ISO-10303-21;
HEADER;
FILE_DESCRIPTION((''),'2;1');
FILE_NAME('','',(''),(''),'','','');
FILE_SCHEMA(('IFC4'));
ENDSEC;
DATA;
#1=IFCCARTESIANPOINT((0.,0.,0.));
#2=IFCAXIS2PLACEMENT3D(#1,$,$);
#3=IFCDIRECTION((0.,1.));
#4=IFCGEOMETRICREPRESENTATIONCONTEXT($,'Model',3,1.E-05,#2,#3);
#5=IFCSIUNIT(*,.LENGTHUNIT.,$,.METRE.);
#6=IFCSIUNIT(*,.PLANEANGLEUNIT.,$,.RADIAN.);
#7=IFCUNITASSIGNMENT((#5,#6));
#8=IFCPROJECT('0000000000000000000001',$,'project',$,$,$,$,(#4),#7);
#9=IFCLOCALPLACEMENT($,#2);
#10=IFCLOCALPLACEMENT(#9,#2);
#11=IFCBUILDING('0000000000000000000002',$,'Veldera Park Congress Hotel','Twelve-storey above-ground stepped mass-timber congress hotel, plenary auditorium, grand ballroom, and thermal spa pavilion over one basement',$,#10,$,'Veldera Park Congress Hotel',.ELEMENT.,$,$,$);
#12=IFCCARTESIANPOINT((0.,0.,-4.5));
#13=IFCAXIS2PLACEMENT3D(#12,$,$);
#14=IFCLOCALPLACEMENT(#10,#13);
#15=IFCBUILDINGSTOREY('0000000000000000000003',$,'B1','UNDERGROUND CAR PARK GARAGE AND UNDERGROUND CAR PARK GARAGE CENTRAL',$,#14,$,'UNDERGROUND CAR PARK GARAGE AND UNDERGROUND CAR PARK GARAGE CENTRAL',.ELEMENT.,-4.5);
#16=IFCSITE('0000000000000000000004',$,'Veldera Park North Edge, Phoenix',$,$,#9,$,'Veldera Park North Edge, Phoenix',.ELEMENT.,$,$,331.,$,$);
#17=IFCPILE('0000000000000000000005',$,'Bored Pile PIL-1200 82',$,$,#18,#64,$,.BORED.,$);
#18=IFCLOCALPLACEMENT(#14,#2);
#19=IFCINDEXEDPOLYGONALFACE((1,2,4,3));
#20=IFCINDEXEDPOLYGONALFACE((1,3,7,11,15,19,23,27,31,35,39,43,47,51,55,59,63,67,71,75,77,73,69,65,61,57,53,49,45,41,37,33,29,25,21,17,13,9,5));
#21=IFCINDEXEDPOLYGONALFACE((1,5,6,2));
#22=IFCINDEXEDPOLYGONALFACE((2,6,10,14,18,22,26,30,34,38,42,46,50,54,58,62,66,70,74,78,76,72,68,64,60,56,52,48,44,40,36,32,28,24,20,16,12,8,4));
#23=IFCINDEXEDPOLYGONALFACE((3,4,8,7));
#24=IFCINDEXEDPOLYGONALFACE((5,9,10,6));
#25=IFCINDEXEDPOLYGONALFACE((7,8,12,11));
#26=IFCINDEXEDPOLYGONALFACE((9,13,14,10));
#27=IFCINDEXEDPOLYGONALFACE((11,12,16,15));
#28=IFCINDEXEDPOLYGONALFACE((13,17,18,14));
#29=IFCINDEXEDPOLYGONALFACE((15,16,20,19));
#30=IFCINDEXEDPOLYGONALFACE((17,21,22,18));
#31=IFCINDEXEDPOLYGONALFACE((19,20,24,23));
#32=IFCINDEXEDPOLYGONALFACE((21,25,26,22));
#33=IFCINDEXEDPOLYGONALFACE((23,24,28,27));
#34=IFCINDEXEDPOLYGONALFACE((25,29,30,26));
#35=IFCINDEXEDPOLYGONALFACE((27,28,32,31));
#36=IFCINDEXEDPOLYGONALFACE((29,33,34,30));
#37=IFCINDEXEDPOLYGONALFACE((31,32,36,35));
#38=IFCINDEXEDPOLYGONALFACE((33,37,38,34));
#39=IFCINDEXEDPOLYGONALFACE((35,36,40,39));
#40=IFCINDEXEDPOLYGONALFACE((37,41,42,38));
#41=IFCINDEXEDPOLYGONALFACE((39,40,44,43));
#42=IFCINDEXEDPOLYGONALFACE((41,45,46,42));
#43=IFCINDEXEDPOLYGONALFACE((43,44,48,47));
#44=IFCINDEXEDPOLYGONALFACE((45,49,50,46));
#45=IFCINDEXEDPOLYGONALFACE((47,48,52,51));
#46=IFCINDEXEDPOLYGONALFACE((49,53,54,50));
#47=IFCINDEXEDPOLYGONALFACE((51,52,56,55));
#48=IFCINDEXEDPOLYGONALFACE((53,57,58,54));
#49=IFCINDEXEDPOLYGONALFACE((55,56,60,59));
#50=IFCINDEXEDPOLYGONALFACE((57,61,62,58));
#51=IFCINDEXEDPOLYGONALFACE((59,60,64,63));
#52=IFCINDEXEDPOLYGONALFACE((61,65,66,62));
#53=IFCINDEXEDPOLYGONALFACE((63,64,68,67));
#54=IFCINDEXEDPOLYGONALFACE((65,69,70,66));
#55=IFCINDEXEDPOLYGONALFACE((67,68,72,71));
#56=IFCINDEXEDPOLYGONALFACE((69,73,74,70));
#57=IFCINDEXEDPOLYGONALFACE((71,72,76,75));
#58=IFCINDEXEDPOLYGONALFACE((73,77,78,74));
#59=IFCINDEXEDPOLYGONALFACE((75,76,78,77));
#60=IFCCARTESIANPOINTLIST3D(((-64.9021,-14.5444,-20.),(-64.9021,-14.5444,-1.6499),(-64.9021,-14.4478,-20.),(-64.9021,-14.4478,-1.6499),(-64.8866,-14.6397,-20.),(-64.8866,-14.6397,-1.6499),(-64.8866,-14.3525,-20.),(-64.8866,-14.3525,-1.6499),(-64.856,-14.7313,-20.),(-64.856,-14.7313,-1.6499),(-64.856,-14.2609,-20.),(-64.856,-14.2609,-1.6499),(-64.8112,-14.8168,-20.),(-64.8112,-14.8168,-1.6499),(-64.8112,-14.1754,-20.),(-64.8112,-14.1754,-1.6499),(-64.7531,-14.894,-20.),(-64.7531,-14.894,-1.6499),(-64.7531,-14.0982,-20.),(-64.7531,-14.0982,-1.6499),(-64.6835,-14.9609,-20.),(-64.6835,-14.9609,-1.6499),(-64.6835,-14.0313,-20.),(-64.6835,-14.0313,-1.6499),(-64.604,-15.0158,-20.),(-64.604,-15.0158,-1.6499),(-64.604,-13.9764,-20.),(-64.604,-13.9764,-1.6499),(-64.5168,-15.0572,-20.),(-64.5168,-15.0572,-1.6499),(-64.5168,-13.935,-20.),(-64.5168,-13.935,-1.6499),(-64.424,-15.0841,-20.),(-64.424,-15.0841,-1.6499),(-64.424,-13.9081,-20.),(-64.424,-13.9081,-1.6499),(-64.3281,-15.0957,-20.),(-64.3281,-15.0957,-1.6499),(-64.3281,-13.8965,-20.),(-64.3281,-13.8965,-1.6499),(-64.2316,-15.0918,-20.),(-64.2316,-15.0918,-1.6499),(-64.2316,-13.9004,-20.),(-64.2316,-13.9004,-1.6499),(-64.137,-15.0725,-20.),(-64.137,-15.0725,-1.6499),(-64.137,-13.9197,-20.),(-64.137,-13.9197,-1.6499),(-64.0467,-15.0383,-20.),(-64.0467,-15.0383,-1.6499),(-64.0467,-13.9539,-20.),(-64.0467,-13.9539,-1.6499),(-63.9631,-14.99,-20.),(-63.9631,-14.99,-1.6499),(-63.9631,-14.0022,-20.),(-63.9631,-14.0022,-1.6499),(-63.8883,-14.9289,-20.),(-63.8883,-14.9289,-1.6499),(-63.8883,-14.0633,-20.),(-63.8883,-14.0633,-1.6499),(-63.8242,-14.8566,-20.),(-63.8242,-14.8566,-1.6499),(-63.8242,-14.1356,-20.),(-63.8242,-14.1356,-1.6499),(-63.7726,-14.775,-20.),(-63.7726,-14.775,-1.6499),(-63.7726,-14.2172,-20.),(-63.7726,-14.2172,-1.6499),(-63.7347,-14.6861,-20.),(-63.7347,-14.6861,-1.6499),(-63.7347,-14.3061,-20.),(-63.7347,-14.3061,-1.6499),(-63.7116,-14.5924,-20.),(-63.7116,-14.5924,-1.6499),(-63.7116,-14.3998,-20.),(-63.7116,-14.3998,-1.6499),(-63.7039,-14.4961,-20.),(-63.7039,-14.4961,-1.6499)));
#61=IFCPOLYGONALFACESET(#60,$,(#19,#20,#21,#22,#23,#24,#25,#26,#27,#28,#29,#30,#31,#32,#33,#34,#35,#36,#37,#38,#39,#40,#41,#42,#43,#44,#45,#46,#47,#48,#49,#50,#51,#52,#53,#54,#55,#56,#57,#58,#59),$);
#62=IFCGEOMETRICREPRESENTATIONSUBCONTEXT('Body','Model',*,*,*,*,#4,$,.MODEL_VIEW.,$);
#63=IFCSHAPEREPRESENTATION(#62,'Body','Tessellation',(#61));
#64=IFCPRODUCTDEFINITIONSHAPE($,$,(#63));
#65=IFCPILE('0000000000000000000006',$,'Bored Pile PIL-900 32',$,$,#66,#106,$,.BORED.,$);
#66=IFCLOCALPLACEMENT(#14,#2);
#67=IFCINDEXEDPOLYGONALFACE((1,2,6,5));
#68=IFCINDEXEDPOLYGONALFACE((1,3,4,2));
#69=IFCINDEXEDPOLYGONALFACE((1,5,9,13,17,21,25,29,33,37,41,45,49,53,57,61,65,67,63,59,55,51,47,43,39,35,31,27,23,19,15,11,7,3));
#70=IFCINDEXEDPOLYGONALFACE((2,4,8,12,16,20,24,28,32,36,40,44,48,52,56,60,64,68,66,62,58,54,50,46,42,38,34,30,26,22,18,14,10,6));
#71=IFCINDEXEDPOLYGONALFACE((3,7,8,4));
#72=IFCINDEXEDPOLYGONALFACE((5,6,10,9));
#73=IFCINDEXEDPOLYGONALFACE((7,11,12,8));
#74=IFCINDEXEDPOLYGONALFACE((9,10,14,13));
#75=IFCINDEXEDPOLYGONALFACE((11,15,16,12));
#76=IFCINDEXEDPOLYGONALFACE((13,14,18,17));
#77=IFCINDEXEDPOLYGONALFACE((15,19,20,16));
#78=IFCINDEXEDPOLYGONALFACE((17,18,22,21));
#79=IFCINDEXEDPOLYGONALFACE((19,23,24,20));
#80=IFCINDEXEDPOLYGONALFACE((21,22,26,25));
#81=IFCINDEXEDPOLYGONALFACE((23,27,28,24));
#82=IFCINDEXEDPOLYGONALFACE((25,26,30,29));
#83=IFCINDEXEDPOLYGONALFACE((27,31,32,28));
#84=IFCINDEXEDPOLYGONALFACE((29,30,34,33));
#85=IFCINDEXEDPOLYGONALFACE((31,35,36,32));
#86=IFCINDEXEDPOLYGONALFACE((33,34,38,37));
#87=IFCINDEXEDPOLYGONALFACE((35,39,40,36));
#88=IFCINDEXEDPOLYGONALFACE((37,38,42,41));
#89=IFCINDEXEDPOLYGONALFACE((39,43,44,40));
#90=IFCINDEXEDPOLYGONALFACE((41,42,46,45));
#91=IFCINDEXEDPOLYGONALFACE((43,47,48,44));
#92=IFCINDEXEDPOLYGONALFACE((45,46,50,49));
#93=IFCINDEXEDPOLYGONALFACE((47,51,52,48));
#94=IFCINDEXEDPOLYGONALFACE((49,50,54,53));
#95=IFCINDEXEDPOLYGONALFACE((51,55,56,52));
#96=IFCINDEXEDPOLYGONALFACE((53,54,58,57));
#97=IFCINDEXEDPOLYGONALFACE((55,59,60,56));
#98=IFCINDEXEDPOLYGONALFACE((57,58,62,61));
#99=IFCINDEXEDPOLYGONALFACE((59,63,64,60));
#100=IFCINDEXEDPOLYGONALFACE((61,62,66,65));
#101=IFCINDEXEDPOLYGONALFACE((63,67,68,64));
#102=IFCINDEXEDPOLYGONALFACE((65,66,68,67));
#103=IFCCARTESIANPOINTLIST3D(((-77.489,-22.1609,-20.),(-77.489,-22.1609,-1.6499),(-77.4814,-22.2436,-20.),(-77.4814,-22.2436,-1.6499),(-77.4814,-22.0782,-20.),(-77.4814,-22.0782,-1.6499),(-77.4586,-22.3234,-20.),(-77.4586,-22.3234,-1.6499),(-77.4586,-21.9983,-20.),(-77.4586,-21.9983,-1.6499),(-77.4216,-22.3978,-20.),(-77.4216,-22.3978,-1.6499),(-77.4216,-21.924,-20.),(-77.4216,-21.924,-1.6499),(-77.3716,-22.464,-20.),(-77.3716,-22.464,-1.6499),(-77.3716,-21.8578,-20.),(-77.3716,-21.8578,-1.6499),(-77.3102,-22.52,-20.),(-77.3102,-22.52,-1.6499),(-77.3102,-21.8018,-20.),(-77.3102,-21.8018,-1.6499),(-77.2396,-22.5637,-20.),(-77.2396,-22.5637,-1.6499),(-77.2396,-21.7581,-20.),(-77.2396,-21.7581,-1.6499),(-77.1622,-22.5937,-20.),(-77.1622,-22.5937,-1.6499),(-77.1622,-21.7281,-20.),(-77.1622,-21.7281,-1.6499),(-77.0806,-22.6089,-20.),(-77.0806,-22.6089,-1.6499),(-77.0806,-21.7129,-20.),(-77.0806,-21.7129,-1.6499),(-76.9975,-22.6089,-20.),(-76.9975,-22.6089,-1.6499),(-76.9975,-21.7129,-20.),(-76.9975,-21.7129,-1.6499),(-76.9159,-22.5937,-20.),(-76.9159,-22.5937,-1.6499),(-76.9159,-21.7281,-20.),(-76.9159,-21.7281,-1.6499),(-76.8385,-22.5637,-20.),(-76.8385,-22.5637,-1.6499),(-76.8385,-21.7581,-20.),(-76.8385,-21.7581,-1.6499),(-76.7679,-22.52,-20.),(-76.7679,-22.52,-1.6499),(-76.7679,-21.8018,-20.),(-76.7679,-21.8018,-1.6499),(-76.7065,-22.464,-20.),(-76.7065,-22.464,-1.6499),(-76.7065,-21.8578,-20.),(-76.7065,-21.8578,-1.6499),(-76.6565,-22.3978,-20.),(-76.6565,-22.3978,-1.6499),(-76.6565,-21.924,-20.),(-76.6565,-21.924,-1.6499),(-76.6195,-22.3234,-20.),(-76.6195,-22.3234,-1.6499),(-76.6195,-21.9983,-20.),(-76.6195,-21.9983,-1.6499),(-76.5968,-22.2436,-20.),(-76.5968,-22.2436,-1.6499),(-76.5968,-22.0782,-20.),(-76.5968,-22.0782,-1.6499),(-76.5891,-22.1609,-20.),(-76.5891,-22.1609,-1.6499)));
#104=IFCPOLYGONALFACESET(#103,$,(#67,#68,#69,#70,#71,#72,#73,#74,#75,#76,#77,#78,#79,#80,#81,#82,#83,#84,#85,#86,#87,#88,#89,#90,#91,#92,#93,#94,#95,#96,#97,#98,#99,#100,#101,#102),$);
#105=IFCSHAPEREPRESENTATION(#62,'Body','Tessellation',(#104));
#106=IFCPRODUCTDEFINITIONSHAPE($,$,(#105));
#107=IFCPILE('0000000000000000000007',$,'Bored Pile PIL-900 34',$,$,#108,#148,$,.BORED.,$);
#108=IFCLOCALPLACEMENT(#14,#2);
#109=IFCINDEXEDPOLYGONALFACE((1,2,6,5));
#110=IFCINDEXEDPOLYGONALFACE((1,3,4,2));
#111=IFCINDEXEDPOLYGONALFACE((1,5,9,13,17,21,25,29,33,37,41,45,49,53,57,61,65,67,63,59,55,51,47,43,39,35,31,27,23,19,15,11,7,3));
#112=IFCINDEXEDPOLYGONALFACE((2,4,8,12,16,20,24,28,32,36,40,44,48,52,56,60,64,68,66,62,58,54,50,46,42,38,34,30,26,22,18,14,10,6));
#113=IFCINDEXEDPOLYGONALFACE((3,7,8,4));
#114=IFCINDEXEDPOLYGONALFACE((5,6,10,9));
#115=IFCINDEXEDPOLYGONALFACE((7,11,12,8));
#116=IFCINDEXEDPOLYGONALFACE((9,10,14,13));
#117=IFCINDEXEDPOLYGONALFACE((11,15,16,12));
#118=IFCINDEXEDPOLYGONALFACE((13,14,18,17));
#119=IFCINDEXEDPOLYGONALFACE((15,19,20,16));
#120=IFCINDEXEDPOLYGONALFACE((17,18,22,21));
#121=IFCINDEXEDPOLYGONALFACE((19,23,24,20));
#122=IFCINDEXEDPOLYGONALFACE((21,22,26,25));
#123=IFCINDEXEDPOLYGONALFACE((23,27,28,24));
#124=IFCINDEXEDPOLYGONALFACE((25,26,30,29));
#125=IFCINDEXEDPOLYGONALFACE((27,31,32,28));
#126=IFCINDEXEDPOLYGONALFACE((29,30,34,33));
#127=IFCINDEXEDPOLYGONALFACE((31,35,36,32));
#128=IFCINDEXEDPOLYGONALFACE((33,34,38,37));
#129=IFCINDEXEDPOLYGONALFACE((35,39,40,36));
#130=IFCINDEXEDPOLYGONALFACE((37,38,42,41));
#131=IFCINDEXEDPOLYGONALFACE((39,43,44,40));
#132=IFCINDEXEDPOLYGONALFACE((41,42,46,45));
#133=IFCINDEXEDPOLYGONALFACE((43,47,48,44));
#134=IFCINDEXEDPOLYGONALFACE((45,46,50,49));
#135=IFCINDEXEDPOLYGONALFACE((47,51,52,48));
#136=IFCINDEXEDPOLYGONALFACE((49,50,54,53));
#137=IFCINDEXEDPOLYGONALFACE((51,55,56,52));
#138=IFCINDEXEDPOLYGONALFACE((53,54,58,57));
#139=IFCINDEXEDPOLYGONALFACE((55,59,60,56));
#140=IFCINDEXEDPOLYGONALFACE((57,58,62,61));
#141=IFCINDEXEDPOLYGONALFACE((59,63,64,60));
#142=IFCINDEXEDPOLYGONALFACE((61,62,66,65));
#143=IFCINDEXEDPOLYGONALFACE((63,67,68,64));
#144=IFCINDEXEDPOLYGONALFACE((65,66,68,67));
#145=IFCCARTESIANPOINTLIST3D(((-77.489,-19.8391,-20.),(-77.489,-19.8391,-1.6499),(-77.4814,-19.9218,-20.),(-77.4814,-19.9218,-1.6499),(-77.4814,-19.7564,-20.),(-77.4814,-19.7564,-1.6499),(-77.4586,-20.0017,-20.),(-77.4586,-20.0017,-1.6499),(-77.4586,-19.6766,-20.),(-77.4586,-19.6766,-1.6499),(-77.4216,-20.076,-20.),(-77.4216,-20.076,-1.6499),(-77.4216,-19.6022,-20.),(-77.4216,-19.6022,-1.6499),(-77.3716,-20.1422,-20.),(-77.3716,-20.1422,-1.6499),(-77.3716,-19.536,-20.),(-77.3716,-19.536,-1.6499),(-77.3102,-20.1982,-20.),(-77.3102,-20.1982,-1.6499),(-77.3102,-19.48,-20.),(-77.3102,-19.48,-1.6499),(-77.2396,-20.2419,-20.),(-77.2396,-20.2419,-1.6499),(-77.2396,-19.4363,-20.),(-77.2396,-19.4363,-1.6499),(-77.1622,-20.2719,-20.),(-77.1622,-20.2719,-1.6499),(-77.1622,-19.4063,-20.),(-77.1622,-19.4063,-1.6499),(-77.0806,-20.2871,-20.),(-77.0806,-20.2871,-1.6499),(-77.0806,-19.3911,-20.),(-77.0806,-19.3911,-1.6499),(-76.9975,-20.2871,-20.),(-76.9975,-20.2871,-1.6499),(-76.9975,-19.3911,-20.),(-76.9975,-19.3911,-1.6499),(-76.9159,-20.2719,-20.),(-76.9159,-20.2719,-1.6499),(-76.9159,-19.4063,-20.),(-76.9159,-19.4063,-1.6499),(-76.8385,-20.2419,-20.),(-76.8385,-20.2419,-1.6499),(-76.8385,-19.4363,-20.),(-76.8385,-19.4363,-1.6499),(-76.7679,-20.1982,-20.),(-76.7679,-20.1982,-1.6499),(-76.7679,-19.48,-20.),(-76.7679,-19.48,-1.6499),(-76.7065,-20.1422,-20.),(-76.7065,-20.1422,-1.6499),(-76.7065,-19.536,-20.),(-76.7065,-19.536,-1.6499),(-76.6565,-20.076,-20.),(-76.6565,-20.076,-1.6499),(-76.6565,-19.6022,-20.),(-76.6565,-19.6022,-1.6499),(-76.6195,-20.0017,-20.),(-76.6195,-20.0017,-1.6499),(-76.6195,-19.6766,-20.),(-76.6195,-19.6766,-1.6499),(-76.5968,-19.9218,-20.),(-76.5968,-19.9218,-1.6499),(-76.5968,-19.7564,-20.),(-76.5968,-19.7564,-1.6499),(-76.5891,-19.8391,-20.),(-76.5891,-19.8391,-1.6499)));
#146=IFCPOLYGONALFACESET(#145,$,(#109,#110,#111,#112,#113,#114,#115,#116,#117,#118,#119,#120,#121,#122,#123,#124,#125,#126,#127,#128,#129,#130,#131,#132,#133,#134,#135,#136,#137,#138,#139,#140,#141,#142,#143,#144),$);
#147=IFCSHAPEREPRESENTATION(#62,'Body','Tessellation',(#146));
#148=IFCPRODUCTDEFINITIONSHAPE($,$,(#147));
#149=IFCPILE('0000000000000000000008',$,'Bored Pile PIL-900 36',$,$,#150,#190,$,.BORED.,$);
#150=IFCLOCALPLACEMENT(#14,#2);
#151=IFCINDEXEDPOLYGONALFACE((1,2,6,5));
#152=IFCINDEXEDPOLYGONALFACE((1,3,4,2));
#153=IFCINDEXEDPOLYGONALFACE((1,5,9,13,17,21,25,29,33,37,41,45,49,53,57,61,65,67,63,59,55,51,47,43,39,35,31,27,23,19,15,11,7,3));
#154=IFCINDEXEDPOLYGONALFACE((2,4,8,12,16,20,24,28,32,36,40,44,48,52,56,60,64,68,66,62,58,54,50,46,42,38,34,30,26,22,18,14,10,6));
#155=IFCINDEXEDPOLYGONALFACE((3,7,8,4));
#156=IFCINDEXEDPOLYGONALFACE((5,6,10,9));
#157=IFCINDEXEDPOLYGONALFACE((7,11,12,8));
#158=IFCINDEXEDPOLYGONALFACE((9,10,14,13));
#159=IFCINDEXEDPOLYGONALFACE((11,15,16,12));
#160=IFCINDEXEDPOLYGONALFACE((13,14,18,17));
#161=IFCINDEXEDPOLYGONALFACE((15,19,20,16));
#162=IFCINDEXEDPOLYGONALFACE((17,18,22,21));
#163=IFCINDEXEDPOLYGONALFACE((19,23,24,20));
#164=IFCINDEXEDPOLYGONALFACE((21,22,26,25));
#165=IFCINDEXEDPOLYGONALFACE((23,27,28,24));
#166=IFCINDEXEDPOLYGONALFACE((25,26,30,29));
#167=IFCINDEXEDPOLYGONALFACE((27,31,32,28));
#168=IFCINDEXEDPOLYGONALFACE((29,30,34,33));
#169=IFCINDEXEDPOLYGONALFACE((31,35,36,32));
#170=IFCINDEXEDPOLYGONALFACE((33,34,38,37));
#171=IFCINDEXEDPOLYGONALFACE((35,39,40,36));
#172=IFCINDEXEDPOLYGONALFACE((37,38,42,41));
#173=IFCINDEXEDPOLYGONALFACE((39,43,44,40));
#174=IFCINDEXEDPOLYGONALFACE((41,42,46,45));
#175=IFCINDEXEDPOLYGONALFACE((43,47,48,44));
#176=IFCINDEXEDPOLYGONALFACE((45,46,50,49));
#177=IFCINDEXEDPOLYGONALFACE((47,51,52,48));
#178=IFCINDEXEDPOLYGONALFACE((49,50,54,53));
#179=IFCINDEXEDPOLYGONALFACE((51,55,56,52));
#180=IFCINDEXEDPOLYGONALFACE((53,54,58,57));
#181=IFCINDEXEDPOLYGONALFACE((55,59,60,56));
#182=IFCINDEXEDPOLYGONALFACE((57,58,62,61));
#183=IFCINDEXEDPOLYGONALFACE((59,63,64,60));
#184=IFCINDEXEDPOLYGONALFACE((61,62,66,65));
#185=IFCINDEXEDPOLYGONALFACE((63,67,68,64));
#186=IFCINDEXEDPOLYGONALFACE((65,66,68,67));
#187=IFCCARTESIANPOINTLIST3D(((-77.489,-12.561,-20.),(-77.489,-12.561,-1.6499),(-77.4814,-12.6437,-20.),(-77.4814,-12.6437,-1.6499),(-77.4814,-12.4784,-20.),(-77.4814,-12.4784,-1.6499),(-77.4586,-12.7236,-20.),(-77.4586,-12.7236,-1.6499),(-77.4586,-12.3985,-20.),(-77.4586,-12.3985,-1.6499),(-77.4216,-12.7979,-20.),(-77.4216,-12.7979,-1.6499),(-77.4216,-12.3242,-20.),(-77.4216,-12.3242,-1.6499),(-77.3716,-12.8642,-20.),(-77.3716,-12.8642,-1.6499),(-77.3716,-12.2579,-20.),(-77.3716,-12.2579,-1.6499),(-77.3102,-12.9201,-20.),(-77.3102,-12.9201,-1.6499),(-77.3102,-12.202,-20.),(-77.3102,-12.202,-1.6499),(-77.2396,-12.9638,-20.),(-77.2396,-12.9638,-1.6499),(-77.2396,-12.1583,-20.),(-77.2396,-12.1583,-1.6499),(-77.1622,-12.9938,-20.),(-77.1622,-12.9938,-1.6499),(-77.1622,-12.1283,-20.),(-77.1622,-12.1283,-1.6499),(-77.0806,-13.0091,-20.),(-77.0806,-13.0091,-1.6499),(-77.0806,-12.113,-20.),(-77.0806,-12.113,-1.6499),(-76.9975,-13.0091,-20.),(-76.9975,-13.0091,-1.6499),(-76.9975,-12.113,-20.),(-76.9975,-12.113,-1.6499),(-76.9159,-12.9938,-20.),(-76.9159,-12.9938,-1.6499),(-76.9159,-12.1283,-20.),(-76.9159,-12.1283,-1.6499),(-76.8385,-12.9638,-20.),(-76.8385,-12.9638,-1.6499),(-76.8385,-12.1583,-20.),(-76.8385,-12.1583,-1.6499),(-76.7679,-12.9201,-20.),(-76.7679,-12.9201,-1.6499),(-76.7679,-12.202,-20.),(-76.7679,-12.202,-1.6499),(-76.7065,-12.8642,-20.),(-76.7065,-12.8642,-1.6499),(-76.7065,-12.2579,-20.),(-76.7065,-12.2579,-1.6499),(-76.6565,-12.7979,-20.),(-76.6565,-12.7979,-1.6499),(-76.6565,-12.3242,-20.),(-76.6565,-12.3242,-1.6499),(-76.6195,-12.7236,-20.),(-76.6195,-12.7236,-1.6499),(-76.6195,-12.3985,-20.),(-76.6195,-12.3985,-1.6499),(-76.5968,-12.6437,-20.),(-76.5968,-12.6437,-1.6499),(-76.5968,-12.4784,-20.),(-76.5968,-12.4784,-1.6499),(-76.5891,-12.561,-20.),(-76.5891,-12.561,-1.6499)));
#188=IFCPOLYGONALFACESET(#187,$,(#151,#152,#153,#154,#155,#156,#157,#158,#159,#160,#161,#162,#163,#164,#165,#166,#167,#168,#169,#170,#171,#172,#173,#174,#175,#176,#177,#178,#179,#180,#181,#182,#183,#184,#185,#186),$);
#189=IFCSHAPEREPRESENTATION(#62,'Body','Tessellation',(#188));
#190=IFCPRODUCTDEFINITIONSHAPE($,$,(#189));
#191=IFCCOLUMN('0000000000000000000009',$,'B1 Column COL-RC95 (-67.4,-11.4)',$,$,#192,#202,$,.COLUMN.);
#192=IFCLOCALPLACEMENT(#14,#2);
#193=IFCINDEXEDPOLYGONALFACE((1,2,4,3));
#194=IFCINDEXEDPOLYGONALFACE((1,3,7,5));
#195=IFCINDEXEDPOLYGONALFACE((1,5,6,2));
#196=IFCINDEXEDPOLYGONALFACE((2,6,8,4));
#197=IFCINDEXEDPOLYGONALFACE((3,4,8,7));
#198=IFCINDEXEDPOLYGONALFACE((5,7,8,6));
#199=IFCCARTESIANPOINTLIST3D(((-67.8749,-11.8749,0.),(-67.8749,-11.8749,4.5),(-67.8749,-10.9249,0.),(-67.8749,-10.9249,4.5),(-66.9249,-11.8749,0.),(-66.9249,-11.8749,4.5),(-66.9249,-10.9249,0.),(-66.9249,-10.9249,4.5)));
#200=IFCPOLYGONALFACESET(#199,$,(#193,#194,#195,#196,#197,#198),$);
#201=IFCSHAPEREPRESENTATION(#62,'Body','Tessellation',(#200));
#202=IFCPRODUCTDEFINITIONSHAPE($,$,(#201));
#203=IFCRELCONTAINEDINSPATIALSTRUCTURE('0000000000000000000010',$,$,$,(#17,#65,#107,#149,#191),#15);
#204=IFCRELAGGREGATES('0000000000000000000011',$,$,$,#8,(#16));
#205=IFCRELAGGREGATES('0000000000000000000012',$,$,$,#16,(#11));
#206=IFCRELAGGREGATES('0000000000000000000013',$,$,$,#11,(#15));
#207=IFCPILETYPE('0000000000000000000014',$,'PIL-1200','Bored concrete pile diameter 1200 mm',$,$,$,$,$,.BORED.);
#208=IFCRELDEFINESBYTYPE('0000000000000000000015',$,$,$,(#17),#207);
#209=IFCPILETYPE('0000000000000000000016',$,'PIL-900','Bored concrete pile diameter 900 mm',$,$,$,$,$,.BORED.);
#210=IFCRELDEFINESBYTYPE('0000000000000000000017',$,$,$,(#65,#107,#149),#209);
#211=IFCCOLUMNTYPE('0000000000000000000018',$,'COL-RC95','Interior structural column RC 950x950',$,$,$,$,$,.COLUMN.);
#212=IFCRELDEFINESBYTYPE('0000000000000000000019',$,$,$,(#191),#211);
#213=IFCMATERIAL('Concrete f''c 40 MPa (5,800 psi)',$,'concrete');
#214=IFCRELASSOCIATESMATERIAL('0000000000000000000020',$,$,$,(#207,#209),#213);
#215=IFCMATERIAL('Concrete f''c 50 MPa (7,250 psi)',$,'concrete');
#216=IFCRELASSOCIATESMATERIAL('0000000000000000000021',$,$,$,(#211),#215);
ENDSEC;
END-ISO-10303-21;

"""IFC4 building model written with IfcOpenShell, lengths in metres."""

from ifc_helpers import new_model, si_unit, direction, frame, origin, origin_2d, place, context, subcontext, project, spatial, rectangle, circle, extrude, material, material_profile, profile_set, type_object, element, save


model = new_model("IFC4")

# Units and contexts
model_context = context("Model", 3, precision=1e-05, world=origin(), true_north=direction((0.0, 1.0)))
body_context = subcontext(model_context, "Body", "Model", "MODEL_VIEW")
ifc_project = project(units=[si_unit("LENGTHUNIT", "METRE"), si_unit("PLANEANGLEUNIT", "RADIAN")], contexts=[model_context])

# Site, building, storey
site_placement = place(None, origin())
site = spatial("IfcSite", under=ifc_project, at=site_placement, Name="Veldera Park North Edge, Phoenix", LongName="Veldera Park North Edge, Phoenix", CompositionType="ELEMENT", RefElevation=331.0)
building_placement = place(site_placement, origin())
building = spatial("IfcBuilding", under=site, at=building_placement, Name="Veldera Park Congress Hotel", Description="Twelve-storey above-ground stepped mass-timber congress hotel, plenary auditorium, grand ballroom, and thermal spa pavilion over one basement", LongName="Veldera Park Congress Hotel", CompositionType="ELEMENT")
storey_placement = place(building_placement, frame((0.0, 0.0, -4.5)))
storey = spatial("IfcBuildingStorey", under=building, at=storey_placement, Name="B1", Description="UNDERGROUND CAR PARK GARAGE AND UNDERGROUND CAR PARK GARAGE CENTRAL", LongName="UNDERGROUND CAR PARK GARAGE AND UNDERGROUND CAR PARK GARAGE CENTRAL", CompositionType="ELEMENT", Elevation=-4.5)

# Shared definitions
ifc_material_1 = material(Name="Concrete f'c 40 MPa (5,800 psi)", Category="concrete")

# Piles
ifc_material_profile_1 = material_profile(ifc_material_1, circle(Radius=0.6001, at=origin_2d()), Name="PILE D1200")
ifc_profile_set_1 = profile_set([ifc_material_profile_1], Name="Concrete f'c 40 MPa (5,800 psi)")
pile_type_1 = type_object("IfcPileType", Name="PIL-1200", Description="Bored concrete pile diameter 1200 mm", PredefinedType="BORED", material=ifc_profile_set_1)
for number, where, z_axis, x_axis, name in (
    (1, (-64.304, -14.4961, -1.6499), (0.0, 0.0, -1.0), (1.0, 0.0, 0.0), "Bored Pile PIL-1200 82"),
):
    element("IfcPile", number, at=place(storey_placement, frame(where, z_axis=z_axis, x_axis=x_axis)), inside=storey, type_object=pile_type_1, Name=name, PredefinedType="BORED", context=body_context, shape_type="SweptSolid", body=[
        extrude(circle(Radius=0.6001, at=origin_2d()), origin(), (0.0, 0.0, 1.0), 18.3501),
    ])
ifc_material_profile_2 = material_profile(ifc_material_1, circle(Radius=0.45, at=origin_2d()), Name="PILE D900")
ifc_profile_set_2 = profile_set([ifc_material_profile_2], Name="Concrete f'c 40 MPa (5,800 psi)")
pile_type_2 = type_object("IfcPileType", Name="PIL-900", Description="Bored concrete pile diameter 900 mm", PredefinedType="BORED", material=ifc_profile_set_2)
for number, where, z_axis, x_axis, name in (
    (2, (-77.0391, -22.1609, -1.6499), (0.0, 0.0, -1.0), (1.0, 0.0, 0.0), "Bored Pile PIL-900 32"),
    (3, (-77.0391, -19.8391, -1.6499), (0.0, 0.0, -1.0), (1.0, 0.0, 0.0), "Bored Pile PIL-900 34"),
    (4, (-77.0391, -12.561, -1.6499), (0.0, 0.0, -1.0), (1.0, 0.0, 0.0), "Bored Pile PIL-900 36"),
):
    element("IfcPile", number, at=place(storey_placement, frame(where, z_axis=z_axis, x_axis=x_axis)), inside=storey, type_object=pile_type_2, Name=name, PredefinedType="BORED", context=body_context, shape_type="SweptSolid", body=[
        extrude(circle(Radius=0.45, at=origin_2d()), origin(), (0.0, 0.0, 1.0), 18.3501),
    ])

# Column
ifc_material_2 = material(Name="Concrete f'c 50 MPa (7,250 psi)", Category="concrete")
ifc_material_profile_3 = material_profile(ifc_material_2, rectangle(XDim=0.95, YDim=0.95, at=origin_2d()), Name="RC 950x950")
ifc_profile_set_3 = profile_set([ifc_material_profile_3], Name="Concrete f'c 50 MPa (7,250 psi)")
column_type_1 = type_object("IfcColumnType", Name="COL-RC95", Description="Interior structural column RC 950x950", PredefinedType="COLUMN", material=ifc_profile_set_3)
column_1_placement = place(storey_placement, frame((-67.3999, -11.3999, 0.0), z_axis=(0.0, 0.0, 1.0), x_axis=(1.0, 0.0, 0.0)))
element("IfcColumn", 5, at=column_1_placement, inside=storey, type_object=column_type_1, Name="B1 Column COL-RC95 (-67.4,-11.4)", PredefinedType="COLUMN", context=body_context, shape_type="SweptSolid", body=[
    extrude(rectangle(XDim=0.95, YDim=0.95, at=origin_2d()), origin(), (0.0, 0.0, 1.0), 4.5),
])

save(model, "model.ifc")
